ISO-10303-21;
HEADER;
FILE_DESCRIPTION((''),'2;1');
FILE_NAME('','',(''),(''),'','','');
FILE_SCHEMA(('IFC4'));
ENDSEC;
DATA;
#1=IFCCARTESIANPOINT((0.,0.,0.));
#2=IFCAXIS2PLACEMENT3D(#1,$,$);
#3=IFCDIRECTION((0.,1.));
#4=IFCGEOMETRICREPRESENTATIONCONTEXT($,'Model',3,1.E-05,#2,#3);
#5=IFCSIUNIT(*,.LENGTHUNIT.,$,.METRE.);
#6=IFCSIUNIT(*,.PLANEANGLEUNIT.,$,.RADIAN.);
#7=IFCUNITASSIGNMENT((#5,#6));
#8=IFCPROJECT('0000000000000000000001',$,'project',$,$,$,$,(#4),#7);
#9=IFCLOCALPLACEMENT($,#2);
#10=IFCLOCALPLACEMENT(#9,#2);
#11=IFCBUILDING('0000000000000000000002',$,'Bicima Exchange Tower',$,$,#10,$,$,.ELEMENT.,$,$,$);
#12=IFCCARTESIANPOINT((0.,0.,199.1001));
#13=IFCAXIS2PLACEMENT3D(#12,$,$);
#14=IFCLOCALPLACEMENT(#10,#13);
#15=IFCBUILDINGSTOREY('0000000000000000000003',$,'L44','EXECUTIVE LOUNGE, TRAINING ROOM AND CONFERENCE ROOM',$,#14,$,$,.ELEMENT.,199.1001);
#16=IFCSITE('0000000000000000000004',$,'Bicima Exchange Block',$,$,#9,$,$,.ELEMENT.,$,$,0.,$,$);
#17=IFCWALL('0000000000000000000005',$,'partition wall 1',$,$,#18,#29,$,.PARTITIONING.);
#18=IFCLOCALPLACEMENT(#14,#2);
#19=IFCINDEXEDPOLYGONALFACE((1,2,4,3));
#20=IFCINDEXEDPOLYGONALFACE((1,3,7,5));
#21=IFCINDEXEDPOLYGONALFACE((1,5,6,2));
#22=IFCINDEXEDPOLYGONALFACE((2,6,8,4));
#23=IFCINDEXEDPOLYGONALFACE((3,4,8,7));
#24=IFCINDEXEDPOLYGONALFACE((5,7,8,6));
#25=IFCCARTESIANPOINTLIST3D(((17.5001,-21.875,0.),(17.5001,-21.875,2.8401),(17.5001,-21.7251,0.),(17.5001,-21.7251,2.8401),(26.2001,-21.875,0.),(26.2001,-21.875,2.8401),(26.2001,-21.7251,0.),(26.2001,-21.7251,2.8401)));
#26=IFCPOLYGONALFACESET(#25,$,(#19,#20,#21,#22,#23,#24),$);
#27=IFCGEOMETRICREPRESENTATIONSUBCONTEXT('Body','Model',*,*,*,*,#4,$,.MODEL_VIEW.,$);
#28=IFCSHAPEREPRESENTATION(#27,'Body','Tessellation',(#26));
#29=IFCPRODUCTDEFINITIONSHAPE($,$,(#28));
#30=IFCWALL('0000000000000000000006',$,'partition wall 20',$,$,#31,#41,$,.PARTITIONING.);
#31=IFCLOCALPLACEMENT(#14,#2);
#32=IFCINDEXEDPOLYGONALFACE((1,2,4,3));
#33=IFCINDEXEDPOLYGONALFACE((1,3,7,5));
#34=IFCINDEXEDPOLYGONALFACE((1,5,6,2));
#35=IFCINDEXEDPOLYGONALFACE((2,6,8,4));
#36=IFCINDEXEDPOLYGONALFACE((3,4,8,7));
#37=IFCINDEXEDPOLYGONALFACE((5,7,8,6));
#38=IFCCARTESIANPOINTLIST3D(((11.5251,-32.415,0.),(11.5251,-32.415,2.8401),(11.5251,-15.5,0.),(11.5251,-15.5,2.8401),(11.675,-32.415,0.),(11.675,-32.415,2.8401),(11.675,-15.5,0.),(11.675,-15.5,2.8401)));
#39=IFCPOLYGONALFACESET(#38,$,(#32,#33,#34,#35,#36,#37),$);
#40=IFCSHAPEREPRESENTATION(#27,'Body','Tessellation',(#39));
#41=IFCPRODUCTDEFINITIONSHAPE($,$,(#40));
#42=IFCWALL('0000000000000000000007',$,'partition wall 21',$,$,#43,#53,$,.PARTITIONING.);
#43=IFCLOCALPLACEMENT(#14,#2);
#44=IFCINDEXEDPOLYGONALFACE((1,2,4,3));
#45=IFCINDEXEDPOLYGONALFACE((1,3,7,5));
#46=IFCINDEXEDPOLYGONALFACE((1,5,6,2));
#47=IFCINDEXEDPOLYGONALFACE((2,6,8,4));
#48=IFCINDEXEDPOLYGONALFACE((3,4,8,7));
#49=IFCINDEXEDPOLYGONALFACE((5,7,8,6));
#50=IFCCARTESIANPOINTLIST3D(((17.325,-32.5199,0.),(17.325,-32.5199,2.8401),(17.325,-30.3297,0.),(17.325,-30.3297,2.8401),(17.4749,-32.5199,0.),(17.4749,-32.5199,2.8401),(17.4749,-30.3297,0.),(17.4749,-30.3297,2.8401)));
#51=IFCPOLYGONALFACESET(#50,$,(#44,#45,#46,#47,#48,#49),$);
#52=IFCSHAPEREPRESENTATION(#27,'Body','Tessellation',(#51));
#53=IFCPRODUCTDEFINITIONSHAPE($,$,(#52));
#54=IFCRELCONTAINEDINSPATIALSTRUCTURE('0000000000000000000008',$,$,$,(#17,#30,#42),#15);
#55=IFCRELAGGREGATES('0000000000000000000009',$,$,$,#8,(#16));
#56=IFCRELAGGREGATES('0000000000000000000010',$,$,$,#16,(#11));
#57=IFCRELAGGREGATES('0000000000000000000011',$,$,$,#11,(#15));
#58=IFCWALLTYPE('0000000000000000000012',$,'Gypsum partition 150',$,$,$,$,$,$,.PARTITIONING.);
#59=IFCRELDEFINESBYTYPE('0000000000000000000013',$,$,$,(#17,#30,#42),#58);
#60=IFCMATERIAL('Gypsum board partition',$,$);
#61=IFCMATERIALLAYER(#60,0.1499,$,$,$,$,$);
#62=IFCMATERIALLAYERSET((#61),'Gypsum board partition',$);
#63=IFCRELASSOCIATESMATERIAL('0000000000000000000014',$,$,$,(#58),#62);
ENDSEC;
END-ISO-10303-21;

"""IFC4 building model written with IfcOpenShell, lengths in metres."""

from ifc_helpers import new_model, si_unit, direction, frame, frame_2d, origin, place, context, subcontext, project, spatial, rectangle, extrude, material, layer, layer_set, type_object, element, save


model = new_model("IFC4")

# Units and contexts
model_context = context("Model", 3, precision=1e-05, world=origin(), true_north=direction((0.0, 1.0)))
body_context = subcontext(model_context, "Body", "Model", "MODEL_VIEW")
ifc_project = project(units=[si_unit("LENGTHUNIT", "METRE"), si_unit("PLANEANGLEUNIT", "RADIAN")], contexts=[model_context])

# Site, building, storey
site_placement = place(None, origin())
site = spatial("IfcSite", under=ifc_project, at=site_placement, Name="Bicima Exchange Block", CompositionType="ELEMENT", RefElevation=0.0)
building_placement = place(site_placement, origin())
building = spatial("IfcBuilding", under=site, at=building_placement, Name="Bicima Exchange Tower", CompositionType="ELEMENT")
storey_placement = place(building_placement, frame((0.0, 0.0, 199.1001)))
storey = spatial("IfcBuildingStorey", under=building, at=storey_placement, Name="L44", Description="EXECUTIVE LOUNGE, TRAINING ROOM AND CONFERENCE ROOM", CompositionType="ELEMENT", Elevation=199.1001)

# Shared definitions
ifc_material_1 = material(Name="Gypsum board partition")

# Walls
ifc_layer_1 = layer(ifc_material_1, 0.1499)
ifc_layer_set_1 = layer_set([ifc_layer_1], Name="Gypsum board partition")
wall_type_1 = type_object("IfcWallType", Name="Gypsum partition 150", PredefinedType="PARTITIONING", material=ifc_layer_set_1)
wall_1_placement = place(storey_placement, frame((17.5, -21.8, 0.0), z_axis=(0.0, 0.0, 1.0), x_axis=(1.0, 0.0, 0.0)))
element("IfcWall", 1, at=wall_1_placement, inside=storey, type_object=wall_type_1, Name="partition wall 1", PredefinedType="PARTITIONING", context=body_context, shape_type="SweptSolid", body=[
    extrude(rectangle(XDim=8.7, YDim=0.1499, at=frame_2d((4.3501, 0.0))), origin(), (0.0, 0.0, 1.0), 2.8401),
])
wall_2_placement = place(storey_placement, frame((11.6001, -32.415, 0.0), z_axis=(0.0, 0.0, 1.0), x_axis=(0.0, 1.0, 0.0)))
element("IfcWall", 2, at=wall_2_placement, inside=storey, type_object=wall_type_1, Name="partition wall 20", PredefinedType="PARTITIONING", context=body_context, shape_type="SweptSolid", body=[
    extrude(rectangle(XDim=16.915, YDim=0.1499, at=frame_2d((8.4575, 0.0))), origin(), (0.0, 0.0, 1.0), 2.8401),
])
wall_3_placement = place(storey_placement, frame((17.3999, -32.52, 0.0), z_axis=(0.0, 0.0, 1.0), x_axis=(0.0, 1.0, 0.0)))
element("IfcWall", 3, at=wall_3_placement, inside=storey, type_object=wall_type_1, Name="partition wall 21", PredefinedType="PARTITIONING", context=body_context, shape_type="SweptSolid", body=[
    extrude(rectangle(XDim=2.1902, YDim=0.1499, at=frame_2d((1.0952, 0.0))), origin(), (0.0, 0.0, 1.0), 2.8401),
])

save(model, "model.ifc")
